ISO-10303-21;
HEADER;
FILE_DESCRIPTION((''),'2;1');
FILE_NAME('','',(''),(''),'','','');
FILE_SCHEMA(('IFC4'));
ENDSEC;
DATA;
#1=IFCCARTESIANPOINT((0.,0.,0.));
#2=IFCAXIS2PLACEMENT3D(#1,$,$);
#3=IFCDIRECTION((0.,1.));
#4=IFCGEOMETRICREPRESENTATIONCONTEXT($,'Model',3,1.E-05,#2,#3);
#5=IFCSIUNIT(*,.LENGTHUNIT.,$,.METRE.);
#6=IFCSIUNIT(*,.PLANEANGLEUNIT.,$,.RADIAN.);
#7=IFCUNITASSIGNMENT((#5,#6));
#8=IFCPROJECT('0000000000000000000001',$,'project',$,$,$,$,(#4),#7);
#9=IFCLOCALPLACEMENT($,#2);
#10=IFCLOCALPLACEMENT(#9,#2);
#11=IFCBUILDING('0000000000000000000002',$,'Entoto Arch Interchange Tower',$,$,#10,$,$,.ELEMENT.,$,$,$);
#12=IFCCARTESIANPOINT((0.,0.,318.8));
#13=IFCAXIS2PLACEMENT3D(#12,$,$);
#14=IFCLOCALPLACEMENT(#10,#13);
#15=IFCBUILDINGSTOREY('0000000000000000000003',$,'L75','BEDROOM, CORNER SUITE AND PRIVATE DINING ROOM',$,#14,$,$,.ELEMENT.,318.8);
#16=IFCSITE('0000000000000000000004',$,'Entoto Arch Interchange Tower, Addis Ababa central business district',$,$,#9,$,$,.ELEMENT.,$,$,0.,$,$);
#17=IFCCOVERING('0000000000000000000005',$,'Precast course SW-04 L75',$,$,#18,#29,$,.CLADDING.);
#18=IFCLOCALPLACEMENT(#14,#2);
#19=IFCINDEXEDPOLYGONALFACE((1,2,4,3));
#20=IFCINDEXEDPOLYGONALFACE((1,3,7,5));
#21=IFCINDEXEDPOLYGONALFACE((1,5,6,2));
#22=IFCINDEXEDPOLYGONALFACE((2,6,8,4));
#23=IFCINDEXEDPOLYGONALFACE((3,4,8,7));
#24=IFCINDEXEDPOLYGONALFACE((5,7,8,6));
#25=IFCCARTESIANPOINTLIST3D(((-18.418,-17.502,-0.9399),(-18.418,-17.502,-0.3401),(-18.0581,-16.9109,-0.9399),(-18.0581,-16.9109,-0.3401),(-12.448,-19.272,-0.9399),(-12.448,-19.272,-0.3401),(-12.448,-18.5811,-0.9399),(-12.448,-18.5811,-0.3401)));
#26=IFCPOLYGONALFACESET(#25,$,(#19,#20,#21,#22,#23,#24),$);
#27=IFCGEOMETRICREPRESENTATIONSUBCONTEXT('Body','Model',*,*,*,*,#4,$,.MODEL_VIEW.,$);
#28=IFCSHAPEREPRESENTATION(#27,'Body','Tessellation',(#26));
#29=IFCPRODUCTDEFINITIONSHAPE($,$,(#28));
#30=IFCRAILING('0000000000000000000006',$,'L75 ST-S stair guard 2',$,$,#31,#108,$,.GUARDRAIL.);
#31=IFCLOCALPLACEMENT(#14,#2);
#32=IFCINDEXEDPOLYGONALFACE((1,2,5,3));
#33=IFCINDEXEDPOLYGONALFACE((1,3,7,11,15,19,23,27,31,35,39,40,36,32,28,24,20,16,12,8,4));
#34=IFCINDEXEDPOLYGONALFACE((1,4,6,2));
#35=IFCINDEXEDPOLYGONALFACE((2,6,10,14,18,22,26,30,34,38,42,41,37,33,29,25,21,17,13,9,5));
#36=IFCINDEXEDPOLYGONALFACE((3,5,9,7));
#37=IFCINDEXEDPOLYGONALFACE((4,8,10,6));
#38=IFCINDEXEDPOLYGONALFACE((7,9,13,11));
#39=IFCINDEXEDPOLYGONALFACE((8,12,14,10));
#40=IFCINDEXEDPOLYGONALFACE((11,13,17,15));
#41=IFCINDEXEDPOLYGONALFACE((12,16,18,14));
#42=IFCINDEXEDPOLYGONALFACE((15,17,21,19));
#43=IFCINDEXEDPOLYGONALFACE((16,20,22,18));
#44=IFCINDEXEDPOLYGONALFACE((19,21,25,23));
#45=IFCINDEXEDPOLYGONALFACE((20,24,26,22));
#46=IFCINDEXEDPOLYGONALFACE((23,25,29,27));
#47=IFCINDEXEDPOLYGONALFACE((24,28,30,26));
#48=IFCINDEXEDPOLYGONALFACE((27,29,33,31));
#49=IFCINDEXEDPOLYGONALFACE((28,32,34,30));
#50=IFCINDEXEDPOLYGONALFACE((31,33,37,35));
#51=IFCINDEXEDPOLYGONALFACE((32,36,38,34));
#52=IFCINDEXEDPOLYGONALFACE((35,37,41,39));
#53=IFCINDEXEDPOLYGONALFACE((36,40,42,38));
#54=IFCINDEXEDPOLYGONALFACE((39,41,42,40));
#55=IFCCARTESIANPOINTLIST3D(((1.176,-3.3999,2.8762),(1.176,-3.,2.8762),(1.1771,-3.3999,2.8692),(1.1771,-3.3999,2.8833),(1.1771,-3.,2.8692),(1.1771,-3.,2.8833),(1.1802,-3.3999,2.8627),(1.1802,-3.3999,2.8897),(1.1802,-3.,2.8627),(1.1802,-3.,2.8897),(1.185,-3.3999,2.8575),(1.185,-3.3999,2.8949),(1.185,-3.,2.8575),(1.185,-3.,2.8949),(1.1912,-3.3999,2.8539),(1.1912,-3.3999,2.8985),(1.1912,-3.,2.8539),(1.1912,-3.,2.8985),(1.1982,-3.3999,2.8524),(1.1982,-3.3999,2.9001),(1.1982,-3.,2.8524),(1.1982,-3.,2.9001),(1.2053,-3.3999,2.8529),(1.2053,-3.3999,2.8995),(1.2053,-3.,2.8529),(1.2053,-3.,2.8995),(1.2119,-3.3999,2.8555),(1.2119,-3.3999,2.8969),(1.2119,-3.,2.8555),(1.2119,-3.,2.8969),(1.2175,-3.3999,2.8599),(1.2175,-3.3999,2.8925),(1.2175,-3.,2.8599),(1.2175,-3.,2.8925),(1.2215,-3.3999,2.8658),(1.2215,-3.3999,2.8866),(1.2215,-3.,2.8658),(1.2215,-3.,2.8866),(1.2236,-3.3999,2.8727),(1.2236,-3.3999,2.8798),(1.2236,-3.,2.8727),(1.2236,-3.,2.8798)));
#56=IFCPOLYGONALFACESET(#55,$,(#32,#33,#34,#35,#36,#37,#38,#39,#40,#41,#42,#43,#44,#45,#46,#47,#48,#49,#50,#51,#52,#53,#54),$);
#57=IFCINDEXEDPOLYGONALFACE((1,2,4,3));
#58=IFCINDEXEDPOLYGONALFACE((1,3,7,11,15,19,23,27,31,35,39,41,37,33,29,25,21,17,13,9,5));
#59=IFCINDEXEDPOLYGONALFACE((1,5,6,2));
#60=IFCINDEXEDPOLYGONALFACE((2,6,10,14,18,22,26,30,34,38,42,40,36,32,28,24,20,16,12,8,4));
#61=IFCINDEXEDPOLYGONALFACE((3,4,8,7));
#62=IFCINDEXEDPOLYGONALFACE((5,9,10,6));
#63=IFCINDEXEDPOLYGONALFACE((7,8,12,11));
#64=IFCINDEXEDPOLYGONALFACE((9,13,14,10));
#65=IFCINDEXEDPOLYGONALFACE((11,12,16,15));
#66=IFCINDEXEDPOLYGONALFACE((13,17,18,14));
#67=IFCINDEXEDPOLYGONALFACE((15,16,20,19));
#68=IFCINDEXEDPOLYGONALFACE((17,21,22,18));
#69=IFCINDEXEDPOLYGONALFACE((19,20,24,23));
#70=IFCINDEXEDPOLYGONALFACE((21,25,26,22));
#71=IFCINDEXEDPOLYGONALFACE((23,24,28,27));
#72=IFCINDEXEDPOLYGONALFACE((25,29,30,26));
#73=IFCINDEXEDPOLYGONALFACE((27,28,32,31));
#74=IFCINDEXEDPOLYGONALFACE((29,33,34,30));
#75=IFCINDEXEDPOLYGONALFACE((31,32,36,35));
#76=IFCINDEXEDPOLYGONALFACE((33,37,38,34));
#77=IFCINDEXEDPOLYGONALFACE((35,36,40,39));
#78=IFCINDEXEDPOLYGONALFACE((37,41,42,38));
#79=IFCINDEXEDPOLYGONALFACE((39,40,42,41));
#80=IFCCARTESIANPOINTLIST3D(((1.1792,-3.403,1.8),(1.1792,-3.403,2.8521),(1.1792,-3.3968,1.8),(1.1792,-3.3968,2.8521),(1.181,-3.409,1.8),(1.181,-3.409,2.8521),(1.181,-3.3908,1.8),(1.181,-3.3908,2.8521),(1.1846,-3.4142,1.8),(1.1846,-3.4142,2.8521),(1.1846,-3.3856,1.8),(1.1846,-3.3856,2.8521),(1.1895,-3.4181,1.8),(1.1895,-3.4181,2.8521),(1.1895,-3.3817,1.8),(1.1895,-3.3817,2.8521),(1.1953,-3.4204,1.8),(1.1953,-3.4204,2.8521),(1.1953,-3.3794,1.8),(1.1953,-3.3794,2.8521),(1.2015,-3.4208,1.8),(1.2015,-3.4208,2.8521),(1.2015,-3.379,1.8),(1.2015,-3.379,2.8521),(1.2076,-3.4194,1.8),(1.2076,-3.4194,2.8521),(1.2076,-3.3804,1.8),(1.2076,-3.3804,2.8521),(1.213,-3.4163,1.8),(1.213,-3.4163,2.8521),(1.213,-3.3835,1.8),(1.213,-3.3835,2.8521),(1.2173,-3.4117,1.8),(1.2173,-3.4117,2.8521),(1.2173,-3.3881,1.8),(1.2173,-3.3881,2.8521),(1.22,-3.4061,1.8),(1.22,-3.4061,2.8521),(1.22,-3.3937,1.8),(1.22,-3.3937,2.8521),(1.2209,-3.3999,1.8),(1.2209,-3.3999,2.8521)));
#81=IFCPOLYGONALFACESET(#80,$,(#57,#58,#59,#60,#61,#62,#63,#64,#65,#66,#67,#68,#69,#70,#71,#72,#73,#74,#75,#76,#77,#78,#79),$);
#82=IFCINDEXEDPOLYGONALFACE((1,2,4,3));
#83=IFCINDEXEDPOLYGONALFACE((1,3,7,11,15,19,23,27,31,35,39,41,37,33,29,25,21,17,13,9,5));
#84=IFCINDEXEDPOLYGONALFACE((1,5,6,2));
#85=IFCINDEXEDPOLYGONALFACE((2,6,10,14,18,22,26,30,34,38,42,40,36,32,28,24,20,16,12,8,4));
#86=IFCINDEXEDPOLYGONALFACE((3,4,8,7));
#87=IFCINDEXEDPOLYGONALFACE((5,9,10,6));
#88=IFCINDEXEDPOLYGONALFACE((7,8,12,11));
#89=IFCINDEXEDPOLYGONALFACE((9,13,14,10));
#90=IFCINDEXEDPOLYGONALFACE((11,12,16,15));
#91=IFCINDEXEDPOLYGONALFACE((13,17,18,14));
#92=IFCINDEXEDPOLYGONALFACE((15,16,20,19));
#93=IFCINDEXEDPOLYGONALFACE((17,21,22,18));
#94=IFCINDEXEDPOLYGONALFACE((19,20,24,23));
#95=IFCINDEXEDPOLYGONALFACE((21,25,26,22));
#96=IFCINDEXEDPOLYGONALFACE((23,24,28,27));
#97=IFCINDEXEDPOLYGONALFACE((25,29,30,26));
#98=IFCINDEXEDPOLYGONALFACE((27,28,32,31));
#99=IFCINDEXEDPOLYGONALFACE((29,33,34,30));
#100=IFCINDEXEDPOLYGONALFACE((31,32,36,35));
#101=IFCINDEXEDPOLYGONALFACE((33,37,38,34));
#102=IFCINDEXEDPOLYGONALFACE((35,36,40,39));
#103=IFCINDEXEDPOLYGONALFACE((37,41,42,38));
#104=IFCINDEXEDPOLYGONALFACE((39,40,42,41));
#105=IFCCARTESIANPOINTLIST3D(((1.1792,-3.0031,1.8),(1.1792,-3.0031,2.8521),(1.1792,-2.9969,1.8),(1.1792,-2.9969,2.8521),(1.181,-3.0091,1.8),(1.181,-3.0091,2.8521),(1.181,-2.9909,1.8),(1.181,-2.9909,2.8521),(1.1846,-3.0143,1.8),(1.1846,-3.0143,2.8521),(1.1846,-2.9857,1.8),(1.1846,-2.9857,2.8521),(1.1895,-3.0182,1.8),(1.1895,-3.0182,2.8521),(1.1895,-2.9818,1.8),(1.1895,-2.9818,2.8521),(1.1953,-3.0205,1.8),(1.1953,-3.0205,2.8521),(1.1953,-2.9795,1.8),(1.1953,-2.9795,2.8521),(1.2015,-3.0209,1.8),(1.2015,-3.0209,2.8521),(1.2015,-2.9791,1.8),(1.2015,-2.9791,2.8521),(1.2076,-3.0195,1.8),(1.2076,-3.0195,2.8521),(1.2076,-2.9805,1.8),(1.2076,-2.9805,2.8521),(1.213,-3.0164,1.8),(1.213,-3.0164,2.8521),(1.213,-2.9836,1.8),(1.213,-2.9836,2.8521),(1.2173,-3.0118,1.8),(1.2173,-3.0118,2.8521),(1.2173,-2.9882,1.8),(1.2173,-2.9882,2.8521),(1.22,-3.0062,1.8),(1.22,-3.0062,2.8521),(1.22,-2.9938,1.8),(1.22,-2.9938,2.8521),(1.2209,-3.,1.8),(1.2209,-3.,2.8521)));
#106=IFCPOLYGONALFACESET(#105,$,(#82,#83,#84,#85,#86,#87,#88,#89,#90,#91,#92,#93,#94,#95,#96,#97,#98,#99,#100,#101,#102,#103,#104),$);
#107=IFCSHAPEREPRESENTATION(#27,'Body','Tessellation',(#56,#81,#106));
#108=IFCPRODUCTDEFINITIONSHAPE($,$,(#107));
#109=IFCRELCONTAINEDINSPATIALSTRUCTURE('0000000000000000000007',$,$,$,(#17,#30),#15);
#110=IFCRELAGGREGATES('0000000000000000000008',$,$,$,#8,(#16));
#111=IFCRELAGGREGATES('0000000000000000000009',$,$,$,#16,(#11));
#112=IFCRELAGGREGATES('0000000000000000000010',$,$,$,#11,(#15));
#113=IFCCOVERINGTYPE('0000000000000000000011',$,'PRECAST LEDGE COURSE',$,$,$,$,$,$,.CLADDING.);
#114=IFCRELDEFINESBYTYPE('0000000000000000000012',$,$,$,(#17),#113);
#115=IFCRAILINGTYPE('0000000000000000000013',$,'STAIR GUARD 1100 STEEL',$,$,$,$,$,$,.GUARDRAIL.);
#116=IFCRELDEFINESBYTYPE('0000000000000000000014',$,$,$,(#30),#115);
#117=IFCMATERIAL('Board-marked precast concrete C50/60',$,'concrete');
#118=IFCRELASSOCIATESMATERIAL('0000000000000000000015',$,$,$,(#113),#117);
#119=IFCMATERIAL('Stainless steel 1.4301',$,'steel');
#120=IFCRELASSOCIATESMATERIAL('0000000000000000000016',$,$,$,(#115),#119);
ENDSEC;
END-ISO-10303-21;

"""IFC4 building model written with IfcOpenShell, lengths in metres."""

from ifc_helpers import new_model, si_unit, direction, frame, origin, origin_2d, place, context, subcontext, project, spatial, polyline, circle, outline, extrude, material, type_object, element, save


model = new_model("IFC4")

# Units and contexts
model_context = context("Model", 3, precision=1e-05, world=origin(), true_north=direction((0.0, 1.0)))
body_context = subcontext(model_context, "Body", "Model", "MODEL_VIEW")
ifc_project = project(units=[si_unit("LENGTHUNIT", "METRE"), si_unit("PLANEANGLEUNIT", "RADIAN")], contexts=[model_context])

# Site, building, storey
site_placement = place(None, origin())
site = spatial("IfcSite", under=ifc_project, at=site_placement, Name="Entoto Arch Interchange Tower, Addis Ababa central business district", CompositionType="ELEMENT", RefElevation=0.0)
building_placement = place(site_placement, origin())
building = spatial("IfcBuilding", under=site, at=building_placement, Name="Entoto Arch Interchange Tower", CompositionType="ELEMENT")
storey_placement = place(building_placement, frame((0.0, 0.0, 318.8)))
storey = spatial("IfcBuildingStorey", under=building, at=storey_placement, Name="L75", Description="BEDROOM, CORNER SUITE AND PRIVATE DINING ROOM", CompositionType="ELEMENT", Elevation=318.8)

# Shared definitions
ifc_material_1 = material(Name="Board-marked precast concrete C50/60", Category="concrete")

# Covering
covering_type_1 = type_object("IfcCoveringType", Name="PRECAST LEDGE COURSE", PredefinedType="CLADDING", material=ifc_material_1)
covering_1_placement = place(storey_placement, frame((0.0, 0.0, -0.9399)))
element("IfcCovering", 1, at=covering_1_placement, inside=storey, type_object=covering_type_1, Name="Precast course SW-04 L75", PredefinedType="CLADDING", context=body_context, shape_type="SweptSolid", body=[
    extrude(outline(polyline([(-12.448, -18.5811), (-12.448, -19.272), (-18.418, -17.502), (-18.0581, -16.9109), (-12.448, -18.5811)])), origin(), (0.0, 0.0, 1.0), 0.5999),
])

# Railing
ifc_material_2 = material(Name="Stainless steel 1.4301", Category="steel")
railing_type_1 = type_object("IfcRailingType", Name="STAIR GUARD 1100 STEEL", PredefinedType="GUARDRAIL", material=ifc_material_2)
railing_1_placement = place(storey_placement, frame((1.2, -3.3999, 1.8)))
element("IfcRailing", 2, at=railing_1_placement, inside=storey, type_object=railing_type_1, Name="L75 ST-S stair guard 2", PredefinedType="GUARDRAIL", context=body_context, shape_type="SweptSolid", body=[
    extrude(circle(Radius=0.0239, at=origin_2d()), frame((0.0, 0.0, 1.0762), z_axis=(0.0, 1.0, 0.0), x_axis=(-1.0, 0.0, 0.0)), (0.0, 0.0, 1.0), 0.3999),
    extrude(circle(Radius=0.021, at=origin_2d()), origin(), (0.0, 0.0, 1.0), 1.052),
    extrude(circle(Radius=0.021, at=origin_2d()), frame((0.0, 0.3999, 0.0)), (0.0, 0.0, 1.0), 1.052),
])

save(model, "model.ifc")
